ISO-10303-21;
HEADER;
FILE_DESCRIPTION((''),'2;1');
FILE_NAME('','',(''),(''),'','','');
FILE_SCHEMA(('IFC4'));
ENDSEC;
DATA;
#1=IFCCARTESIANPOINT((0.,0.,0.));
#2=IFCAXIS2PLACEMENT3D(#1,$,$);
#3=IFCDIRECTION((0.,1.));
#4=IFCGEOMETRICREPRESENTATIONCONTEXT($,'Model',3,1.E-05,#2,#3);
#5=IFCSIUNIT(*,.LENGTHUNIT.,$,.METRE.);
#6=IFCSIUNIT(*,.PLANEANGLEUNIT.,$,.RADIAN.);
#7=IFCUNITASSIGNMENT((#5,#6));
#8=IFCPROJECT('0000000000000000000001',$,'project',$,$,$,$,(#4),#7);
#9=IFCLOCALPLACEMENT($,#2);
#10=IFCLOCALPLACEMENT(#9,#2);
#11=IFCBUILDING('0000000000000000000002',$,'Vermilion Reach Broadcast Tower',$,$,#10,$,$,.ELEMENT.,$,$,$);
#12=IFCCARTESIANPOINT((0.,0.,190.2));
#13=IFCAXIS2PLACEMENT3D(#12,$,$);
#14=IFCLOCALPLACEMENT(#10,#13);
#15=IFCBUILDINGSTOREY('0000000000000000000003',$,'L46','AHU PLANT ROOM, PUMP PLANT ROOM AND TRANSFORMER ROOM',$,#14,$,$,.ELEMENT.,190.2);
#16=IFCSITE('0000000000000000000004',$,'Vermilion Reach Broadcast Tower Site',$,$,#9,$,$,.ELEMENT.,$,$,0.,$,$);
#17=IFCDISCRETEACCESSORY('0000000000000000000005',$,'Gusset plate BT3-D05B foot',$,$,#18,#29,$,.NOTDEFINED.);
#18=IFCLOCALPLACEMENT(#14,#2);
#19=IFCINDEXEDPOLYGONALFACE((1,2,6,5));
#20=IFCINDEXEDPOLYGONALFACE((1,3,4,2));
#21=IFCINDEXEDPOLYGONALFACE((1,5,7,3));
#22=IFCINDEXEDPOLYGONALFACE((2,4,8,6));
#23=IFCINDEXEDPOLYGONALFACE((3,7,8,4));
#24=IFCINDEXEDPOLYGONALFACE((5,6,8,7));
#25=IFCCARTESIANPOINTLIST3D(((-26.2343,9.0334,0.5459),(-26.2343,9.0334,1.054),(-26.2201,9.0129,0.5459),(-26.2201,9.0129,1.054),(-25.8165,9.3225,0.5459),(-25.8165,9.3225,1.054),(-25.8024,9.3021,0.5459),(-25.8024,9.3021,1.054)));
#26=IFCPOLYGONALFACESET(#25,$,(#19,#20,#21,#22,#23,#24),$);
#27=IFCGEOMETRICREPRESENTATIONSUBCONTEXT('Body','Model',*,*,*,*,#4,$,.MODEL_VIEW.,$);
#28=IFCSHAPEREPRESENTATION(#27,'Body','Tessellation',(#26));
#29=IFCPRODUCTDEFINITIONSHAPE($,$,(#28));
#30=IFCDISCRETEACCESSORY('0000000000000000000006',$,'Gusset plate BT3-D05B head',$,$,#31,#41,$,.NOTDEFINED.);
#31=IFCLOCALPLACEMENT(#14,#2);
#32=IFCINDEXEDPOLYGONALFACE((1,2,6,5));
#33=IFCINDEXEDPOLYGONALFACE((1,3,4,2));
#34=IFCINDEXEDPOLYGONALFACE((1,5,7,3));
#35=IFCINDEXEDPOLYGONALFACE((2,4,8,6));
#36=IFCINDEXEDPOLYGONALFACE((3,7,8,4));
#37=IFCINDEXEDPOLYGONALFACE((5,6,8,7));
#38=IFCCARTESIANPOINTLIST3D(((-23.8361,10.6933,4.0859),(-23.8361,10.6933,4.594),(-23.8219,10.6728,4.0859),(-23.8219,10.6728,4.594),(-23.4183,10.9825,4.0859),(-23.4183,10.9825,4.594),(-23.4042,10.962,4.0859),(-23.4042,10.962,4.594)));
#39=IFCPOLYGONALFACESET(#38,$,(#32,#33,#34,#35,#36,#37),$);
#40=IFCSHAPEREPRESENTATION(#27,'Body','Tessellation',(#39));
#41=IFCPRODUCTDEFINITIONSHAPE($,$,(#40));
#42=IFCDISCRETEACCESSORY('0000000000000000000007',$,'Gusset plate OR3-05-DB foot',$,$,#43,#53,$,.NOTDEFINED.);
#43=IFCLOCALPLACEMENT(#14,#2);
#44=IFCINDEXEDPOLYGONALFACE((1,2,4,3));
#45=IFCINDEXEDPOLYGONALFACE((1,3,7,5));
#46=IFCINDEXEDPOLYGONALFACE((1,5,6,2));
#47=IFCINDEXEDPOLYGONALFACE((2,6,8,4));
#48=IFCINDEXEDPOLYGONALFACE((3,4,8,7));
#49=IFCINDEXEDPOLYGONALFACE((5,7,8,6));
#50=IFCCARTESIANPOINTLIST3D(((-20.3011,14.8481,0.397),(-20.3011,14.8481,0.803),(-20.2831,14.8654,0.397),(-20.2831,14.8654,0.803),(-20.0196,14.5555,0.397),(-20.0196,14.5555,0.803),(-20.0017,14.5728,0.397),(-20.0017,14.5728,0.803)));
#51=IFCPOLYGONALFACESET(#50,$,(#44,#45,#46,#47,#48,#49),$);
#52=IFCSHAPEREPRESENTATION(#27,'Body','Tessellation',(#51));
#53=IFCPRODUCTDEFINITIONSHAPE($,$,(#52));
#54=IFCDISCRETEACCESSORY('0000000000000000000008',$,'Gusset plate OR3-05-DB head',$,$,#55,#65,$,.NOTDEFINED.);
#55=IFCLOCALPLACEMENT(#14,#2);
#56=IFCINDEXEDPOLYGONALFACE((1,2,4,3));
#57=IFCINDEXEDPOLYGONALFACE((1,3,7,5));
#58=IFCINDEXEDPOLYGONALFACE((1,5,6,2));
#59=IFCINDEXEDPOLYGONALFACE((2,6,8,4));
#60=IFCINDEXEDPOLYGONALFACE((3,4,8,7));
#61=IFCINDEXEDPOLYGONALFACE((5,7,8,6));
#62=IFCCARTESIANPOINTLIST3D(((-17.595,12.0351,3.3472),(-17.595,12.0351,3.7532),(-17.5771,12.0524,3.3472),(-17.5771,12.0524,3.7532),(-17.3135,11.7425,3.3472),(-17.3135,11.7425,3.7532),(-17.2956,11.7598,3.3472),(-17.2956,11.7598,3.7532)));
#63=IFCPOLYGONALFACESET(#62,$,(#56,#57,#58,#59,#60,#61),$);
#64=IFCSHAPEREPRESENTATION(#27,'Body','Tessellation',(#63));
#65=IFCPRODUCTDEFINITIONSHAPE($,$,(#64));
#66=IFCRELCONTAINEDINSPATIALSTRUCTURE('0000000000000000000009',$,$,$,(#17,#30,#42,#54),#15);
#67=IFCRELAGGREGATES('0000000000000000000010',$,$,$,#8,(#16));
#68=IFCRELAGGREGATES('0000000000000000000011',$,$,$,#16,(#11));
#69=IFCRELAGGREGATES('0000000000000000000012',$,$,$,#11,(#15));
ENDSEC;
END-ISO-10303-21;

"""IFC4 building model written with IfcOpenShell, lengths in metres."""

from ifc_helpers import new_model, si_unit, direction, frame, origin, origin_2d, place, context, subcontext, project, spatial, rectangle, extrude, element, save


model = new_model("IFC4")

# Units and contexts
model_context = context("Model", 3, precision=1e-05, world=origin(), true_north=direction((0.0, 1.0)))
body_context = subcontext(model_context, "Body", "Model", "MODEL_VIEW")
ifc_project = project(units=[si_unit("LENGTHUNIT", "METRE"), si_unit("PLANEANGLEUNIT", "RADIAN")], contexts=[model_context])

# Site, building, storey
site_placement = place(None, origin())
site = spatial("IfcSite", under=ifc_project, at=site_placement, Name="Vermilion Reach Broadcast Tower Site", CompositionType="ELEMENT", RefElevation=0.0)
building_placement = place(site_placement, origin())
building = spatial("IfcBuilding", under=site, at=building_placement, Name="Vermilion Reach Broadcast Tower", CompositionType="ELEMENT")
storey_placement = place(building_placement, frame((0.0, 0.0, 190.2)))
storey = spatial("IfcBuildingStorey", under=building, at=storey_placement, Name="L46", Description="AHU PLANT ROOM, PUMP PLANT ROOM AND TRANSFORMER ROOM", CompositionType="ELEMENT", Elevation=190.2)

# Discrete accessories
for number, where, z_axis, x_axis, name in (
    (1, (-26.0183, 9.1677, 0.5459), (0.0, 0.0, 1.0), (-0.569156, 0.822229, 0.0), "Gusset plate BT3-D05B foot"),
    (2, (-23.6201, 10.8276, 4.0859), (0.0, 0.0, 1.0), (-0.569156, 0.822229, 0.0), "Gusset plate BT3-D05B head"),
):
    element("IfcDiscreteAccessory", number, at=place(storey_placement, frame(where, z_axis=z_axis, x_axis=x_axis)), inside=storey, Name=name, PredefinedType="NOTDEFINED", context=body_context, shape_type="SweptSolid", body=[
        extrude(rectangle(XDim=0.0249, YDim=0.5081, at=origin_2d()), origin(), (0.0, 0.0, 1.0), 0.5081),
    ])
for number, where, z_axis, x_axis, name in (
    (3, (-20.1514, 14.7104, 0.397), (0.0, 0.0, 1.0), (-0.720672, -0.693276, 0.0), "Gusset plate OR3-05-DB foot"),
    (4, (-17.4453, 11.8975, 3.3472), (0.0, 0.0, 1.0), (-0.720672, -0.693276, 0.0), "Gusset plate OR3-05-DB head"),
):
    element("IfcDiscreteAccessory", number, at=place(storey_placement, frame(where, z_axis=z_axis, x_axis=x_axis)), inside=storey, Name=name, PredefinedType="NOTDEFINED", context=body_context, shape_type="SweptSolid", body=[
        extrude(rectangle(XDim=0.0249, YDim=0.406, at=origin_2d()), origin(), (0.0, 0.0, 1.0), 0.406),
    ])

save(model, "model.ifc")
